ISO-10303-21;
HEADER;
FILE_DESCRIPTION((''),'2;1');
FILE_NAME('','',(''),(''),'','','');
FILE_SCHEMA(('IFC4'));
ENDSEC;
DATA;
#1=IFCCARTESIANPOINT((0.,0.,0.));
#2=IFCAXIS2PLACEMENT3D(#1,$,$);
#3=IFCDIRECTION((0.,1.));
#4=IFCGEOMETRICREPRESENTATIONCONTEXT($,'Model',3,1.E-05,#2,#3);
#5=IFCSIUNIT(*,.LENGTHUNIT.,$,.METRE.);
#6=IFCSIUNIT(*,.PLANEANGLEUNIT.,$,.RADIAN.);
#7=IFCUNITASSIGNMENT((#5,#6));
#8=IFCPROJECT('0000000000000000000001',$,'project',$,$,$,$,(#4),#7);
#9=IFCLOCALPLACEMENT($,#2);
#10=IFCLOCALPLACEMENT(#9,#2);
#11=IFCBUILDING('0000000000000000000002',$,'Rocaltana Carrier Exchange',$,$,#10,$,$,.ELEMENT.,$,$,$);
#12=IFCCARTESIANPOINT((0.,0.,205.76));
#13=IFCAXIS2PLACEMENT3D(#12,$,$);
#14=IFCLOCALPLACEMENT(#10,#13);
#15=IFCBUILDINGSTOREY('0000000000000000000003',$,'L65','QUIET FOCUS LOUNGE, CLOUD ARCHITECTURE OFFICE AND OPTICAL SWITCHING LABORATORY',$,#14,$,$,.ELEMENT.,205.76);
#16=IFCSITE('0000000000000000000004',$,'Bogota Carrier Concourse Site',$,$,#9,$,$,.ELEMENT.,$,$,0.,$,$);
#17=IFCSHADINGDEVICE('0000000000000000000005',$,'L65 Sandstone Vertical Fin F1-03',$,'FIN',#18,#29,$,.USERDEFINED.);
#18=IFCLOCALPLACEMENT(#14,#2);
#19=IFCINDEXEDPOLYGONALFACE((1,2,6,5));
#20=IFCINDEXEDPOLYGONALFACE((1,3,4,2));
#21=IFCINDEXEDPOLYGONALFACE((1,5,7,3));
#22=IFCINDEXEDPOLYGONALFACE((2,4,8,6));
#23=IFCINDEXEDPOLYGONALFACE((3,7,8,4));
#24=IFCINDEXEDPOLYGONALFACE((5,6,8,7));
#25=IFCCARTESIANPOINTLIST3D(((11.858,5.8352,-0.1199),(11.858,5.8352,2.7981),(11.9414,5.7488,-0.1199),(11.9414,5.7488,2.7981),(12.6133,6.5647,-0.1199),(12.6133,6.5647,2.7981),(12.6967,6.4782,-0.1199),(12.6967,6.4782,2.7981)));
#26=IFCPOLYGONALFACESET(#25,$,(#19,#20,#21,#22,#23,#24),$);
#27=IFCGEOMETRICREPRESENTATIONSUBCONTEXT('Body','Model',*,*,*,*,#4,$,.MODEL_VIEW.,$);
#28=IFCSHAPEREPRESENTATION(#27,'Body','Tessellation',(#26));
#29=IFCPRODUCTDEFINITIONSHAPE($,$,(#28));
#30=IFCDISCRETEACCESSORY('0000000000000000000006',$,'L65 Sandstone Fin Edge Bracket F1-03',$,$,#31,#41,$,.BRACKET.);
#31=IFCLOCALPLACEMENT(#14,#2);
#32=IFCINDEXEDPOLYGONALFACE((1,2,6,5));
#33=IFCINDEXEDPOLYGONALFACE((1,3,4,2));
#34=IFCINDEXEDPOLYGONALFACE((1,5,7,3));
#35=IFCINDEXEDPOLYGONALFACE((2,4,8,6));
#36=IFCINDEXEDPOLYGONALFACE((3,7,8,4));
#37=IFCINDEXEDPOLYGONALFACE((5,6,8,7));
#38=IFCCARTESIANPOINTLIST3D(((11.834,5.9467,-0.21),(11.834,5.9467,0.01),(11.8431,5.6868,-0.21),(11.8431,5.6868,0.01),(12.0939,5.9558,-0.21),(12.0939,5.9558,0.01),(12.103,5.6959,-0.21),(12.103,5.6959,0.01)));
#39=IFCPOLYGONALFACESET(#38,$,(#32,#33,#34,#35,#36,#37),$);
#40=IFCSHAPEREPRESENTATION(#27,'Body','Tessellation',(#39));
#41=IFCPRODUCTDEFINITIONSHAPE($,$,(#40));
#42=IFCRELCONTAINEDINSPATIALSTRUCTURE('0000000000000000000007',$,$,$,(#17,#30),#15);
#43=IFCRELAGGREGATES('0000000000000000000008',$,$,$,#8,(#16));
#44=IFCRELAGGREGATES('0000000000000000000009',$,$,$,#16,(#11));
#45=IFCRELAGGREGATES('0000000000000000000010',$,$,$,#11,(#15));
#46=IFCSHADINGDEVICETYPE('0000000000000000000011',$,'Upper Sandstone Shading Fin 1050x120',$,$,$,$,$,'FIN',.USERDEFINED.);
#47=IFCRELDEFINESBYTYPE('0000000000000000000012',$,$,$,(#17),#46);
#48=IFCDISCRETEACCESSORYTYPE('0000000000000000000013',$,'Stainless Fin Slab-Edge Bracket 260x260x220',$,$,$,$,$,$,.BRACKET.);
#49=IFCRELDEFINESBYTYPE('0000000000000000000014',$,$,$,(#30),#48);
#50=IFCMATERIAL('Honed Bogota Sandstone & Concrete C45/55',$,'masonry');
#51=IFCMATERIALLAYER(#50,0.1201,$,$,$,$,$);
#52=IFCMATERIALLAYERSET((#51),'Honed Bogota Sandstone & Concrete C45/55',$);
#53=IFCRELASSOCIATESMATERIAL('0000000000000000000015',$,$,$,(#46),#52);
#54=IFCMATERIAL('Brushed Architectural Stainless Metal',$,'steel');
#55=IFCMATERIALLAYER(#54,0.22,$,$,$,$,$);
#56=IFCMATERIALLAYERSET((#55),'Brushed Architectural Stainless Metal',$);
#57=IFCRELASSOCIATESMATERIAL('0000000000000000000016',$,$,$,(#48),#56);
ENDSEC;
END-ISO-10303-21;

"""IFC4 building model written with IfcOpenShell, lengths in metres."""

from ifc_helpers import new_model, si_unit, direction, frame, origin, origin_2d, place, context, subcontext, project, spatial, rectangle, extrude, material, layer, layer_set, type_object, element, save


model = new_model("IFC4")

# Units and contexts
model_context = context("Model", 3, precision=1e-05, world=origin(), true_north=direction((0.0, 1.0)))
body_context = subcontext(model_context, "Body", "Model", "MODEL_VIEW")
ifc_project = project(units=[si_unit("LENGTHUNIT", "METRE"), si_unit("PLANEANGLEUNIT", "RADIAN")], contexts=[model_context])

# Site, building, storey
site_placement = place(None, origin())
site = spatial("IfcSite", under=ifc_project, at=site_placement, Name="Bogota Carrier Concourse Site", CompositionType="ELEMENT", RefElevation=0.0)
building_placement = place(site_placement, origin())
building = spatial("IfcBuilding", under=site, at=building_placement, Name="Rocaltana Carrier Exchange", CompositionType="ELEMENT")
storey_placement = place(building_placement, frame((0.0, 0.0, 205.76)))
storey = spatial("IfcBuildingStorey", under=building, at=storey_placement, Name="L65", Description="QUIET FOCUS LOUNGE, CLOUD ARCHITECTURE OFFICE AND OPTICAL SWITCHING LABORATORY", CompositionType="ELEMENT", Elevation=205.76)

# Shading device
ifc_material_1 = material(Name="Honed Bogota Sandstone & Concrete C45/55", Category="masonry")
ifc_layer_1 = layer(ifc_material_1, 0.1201)
ifc_layer_set_1 = layer_set([ifc_layer_1], Name="Honed Bogota Sandstone & Concrete C45/55")
shading_device_type = type_object("IfcShadingDeviceType", Name="Upper Sandstone Shading Fin 1050x120", ElementType="FIN", PredefinedType="USERDEFINED", material=ifc_layer_set_1)
shading_device_placement = place(storey_placement, frame((12.2773, 6.1567, -0.1199), z_axis=(0.0, 0.0, 1.0), x_axis=(0.71934, 0.694658, 0.0)))
element("IfcShadingDevice", 1, at=shading_device_placement, inside=storey, type_object=shading_device_type, Name="L65 Sandstone Vertical Fin F1-03", ObjectType="FIN", PredefinedType="USERDEFINED", context=body_context, shape_type="SweptSolid", body=[
    extrude(rectangle(XDim=1.05, YDim=0.1201, at=origin_2d()), origin(), (0.0, 0.0, 1.0), 2.918),
])

# Discrete accessory
ifc_material_2 = material(Name="Brushed Architectural Stainless Metal", Category="steel")
ifc_layer_2 = layer(ifc_material_2, 0.22)
ifc_layer_set_2 = layer_set([ifc_layer_2], Name="Brushed Architectural Stainless Metal")
discrete_accessory_type = type_object("IfcDiscreteAccessoryType", Name="Stainless Fin Slab-Edge Bracket 260x260x220", PredefinedType="BRACKET", material=ifc_layer_set_2)
discrete_accessory_placement = place(storey_placement, frame((11.9685, 5.8213, -0.21), z_axis=(0.0, 0.0, 1.0), x_axis=(-0.034899, 0.999391, 0.0)))
element("IfcDiscreteAccessory", 2, at=discrete_accessory_placement, inside=storey, type_object=discrete_accessory_type, Name="L65 Sandstone Fin Edge Bracket F1-03", PredefinedType="BRACKET", context=body_context, shape_type="SweptSolid", body=[
    extrude(rectangle(XDim=0.26, YDim=0.26, at=origin_2d()), origin(), (0.0, 0.0, 1.0), 0.22),
])

save(model, "model.ifc")
